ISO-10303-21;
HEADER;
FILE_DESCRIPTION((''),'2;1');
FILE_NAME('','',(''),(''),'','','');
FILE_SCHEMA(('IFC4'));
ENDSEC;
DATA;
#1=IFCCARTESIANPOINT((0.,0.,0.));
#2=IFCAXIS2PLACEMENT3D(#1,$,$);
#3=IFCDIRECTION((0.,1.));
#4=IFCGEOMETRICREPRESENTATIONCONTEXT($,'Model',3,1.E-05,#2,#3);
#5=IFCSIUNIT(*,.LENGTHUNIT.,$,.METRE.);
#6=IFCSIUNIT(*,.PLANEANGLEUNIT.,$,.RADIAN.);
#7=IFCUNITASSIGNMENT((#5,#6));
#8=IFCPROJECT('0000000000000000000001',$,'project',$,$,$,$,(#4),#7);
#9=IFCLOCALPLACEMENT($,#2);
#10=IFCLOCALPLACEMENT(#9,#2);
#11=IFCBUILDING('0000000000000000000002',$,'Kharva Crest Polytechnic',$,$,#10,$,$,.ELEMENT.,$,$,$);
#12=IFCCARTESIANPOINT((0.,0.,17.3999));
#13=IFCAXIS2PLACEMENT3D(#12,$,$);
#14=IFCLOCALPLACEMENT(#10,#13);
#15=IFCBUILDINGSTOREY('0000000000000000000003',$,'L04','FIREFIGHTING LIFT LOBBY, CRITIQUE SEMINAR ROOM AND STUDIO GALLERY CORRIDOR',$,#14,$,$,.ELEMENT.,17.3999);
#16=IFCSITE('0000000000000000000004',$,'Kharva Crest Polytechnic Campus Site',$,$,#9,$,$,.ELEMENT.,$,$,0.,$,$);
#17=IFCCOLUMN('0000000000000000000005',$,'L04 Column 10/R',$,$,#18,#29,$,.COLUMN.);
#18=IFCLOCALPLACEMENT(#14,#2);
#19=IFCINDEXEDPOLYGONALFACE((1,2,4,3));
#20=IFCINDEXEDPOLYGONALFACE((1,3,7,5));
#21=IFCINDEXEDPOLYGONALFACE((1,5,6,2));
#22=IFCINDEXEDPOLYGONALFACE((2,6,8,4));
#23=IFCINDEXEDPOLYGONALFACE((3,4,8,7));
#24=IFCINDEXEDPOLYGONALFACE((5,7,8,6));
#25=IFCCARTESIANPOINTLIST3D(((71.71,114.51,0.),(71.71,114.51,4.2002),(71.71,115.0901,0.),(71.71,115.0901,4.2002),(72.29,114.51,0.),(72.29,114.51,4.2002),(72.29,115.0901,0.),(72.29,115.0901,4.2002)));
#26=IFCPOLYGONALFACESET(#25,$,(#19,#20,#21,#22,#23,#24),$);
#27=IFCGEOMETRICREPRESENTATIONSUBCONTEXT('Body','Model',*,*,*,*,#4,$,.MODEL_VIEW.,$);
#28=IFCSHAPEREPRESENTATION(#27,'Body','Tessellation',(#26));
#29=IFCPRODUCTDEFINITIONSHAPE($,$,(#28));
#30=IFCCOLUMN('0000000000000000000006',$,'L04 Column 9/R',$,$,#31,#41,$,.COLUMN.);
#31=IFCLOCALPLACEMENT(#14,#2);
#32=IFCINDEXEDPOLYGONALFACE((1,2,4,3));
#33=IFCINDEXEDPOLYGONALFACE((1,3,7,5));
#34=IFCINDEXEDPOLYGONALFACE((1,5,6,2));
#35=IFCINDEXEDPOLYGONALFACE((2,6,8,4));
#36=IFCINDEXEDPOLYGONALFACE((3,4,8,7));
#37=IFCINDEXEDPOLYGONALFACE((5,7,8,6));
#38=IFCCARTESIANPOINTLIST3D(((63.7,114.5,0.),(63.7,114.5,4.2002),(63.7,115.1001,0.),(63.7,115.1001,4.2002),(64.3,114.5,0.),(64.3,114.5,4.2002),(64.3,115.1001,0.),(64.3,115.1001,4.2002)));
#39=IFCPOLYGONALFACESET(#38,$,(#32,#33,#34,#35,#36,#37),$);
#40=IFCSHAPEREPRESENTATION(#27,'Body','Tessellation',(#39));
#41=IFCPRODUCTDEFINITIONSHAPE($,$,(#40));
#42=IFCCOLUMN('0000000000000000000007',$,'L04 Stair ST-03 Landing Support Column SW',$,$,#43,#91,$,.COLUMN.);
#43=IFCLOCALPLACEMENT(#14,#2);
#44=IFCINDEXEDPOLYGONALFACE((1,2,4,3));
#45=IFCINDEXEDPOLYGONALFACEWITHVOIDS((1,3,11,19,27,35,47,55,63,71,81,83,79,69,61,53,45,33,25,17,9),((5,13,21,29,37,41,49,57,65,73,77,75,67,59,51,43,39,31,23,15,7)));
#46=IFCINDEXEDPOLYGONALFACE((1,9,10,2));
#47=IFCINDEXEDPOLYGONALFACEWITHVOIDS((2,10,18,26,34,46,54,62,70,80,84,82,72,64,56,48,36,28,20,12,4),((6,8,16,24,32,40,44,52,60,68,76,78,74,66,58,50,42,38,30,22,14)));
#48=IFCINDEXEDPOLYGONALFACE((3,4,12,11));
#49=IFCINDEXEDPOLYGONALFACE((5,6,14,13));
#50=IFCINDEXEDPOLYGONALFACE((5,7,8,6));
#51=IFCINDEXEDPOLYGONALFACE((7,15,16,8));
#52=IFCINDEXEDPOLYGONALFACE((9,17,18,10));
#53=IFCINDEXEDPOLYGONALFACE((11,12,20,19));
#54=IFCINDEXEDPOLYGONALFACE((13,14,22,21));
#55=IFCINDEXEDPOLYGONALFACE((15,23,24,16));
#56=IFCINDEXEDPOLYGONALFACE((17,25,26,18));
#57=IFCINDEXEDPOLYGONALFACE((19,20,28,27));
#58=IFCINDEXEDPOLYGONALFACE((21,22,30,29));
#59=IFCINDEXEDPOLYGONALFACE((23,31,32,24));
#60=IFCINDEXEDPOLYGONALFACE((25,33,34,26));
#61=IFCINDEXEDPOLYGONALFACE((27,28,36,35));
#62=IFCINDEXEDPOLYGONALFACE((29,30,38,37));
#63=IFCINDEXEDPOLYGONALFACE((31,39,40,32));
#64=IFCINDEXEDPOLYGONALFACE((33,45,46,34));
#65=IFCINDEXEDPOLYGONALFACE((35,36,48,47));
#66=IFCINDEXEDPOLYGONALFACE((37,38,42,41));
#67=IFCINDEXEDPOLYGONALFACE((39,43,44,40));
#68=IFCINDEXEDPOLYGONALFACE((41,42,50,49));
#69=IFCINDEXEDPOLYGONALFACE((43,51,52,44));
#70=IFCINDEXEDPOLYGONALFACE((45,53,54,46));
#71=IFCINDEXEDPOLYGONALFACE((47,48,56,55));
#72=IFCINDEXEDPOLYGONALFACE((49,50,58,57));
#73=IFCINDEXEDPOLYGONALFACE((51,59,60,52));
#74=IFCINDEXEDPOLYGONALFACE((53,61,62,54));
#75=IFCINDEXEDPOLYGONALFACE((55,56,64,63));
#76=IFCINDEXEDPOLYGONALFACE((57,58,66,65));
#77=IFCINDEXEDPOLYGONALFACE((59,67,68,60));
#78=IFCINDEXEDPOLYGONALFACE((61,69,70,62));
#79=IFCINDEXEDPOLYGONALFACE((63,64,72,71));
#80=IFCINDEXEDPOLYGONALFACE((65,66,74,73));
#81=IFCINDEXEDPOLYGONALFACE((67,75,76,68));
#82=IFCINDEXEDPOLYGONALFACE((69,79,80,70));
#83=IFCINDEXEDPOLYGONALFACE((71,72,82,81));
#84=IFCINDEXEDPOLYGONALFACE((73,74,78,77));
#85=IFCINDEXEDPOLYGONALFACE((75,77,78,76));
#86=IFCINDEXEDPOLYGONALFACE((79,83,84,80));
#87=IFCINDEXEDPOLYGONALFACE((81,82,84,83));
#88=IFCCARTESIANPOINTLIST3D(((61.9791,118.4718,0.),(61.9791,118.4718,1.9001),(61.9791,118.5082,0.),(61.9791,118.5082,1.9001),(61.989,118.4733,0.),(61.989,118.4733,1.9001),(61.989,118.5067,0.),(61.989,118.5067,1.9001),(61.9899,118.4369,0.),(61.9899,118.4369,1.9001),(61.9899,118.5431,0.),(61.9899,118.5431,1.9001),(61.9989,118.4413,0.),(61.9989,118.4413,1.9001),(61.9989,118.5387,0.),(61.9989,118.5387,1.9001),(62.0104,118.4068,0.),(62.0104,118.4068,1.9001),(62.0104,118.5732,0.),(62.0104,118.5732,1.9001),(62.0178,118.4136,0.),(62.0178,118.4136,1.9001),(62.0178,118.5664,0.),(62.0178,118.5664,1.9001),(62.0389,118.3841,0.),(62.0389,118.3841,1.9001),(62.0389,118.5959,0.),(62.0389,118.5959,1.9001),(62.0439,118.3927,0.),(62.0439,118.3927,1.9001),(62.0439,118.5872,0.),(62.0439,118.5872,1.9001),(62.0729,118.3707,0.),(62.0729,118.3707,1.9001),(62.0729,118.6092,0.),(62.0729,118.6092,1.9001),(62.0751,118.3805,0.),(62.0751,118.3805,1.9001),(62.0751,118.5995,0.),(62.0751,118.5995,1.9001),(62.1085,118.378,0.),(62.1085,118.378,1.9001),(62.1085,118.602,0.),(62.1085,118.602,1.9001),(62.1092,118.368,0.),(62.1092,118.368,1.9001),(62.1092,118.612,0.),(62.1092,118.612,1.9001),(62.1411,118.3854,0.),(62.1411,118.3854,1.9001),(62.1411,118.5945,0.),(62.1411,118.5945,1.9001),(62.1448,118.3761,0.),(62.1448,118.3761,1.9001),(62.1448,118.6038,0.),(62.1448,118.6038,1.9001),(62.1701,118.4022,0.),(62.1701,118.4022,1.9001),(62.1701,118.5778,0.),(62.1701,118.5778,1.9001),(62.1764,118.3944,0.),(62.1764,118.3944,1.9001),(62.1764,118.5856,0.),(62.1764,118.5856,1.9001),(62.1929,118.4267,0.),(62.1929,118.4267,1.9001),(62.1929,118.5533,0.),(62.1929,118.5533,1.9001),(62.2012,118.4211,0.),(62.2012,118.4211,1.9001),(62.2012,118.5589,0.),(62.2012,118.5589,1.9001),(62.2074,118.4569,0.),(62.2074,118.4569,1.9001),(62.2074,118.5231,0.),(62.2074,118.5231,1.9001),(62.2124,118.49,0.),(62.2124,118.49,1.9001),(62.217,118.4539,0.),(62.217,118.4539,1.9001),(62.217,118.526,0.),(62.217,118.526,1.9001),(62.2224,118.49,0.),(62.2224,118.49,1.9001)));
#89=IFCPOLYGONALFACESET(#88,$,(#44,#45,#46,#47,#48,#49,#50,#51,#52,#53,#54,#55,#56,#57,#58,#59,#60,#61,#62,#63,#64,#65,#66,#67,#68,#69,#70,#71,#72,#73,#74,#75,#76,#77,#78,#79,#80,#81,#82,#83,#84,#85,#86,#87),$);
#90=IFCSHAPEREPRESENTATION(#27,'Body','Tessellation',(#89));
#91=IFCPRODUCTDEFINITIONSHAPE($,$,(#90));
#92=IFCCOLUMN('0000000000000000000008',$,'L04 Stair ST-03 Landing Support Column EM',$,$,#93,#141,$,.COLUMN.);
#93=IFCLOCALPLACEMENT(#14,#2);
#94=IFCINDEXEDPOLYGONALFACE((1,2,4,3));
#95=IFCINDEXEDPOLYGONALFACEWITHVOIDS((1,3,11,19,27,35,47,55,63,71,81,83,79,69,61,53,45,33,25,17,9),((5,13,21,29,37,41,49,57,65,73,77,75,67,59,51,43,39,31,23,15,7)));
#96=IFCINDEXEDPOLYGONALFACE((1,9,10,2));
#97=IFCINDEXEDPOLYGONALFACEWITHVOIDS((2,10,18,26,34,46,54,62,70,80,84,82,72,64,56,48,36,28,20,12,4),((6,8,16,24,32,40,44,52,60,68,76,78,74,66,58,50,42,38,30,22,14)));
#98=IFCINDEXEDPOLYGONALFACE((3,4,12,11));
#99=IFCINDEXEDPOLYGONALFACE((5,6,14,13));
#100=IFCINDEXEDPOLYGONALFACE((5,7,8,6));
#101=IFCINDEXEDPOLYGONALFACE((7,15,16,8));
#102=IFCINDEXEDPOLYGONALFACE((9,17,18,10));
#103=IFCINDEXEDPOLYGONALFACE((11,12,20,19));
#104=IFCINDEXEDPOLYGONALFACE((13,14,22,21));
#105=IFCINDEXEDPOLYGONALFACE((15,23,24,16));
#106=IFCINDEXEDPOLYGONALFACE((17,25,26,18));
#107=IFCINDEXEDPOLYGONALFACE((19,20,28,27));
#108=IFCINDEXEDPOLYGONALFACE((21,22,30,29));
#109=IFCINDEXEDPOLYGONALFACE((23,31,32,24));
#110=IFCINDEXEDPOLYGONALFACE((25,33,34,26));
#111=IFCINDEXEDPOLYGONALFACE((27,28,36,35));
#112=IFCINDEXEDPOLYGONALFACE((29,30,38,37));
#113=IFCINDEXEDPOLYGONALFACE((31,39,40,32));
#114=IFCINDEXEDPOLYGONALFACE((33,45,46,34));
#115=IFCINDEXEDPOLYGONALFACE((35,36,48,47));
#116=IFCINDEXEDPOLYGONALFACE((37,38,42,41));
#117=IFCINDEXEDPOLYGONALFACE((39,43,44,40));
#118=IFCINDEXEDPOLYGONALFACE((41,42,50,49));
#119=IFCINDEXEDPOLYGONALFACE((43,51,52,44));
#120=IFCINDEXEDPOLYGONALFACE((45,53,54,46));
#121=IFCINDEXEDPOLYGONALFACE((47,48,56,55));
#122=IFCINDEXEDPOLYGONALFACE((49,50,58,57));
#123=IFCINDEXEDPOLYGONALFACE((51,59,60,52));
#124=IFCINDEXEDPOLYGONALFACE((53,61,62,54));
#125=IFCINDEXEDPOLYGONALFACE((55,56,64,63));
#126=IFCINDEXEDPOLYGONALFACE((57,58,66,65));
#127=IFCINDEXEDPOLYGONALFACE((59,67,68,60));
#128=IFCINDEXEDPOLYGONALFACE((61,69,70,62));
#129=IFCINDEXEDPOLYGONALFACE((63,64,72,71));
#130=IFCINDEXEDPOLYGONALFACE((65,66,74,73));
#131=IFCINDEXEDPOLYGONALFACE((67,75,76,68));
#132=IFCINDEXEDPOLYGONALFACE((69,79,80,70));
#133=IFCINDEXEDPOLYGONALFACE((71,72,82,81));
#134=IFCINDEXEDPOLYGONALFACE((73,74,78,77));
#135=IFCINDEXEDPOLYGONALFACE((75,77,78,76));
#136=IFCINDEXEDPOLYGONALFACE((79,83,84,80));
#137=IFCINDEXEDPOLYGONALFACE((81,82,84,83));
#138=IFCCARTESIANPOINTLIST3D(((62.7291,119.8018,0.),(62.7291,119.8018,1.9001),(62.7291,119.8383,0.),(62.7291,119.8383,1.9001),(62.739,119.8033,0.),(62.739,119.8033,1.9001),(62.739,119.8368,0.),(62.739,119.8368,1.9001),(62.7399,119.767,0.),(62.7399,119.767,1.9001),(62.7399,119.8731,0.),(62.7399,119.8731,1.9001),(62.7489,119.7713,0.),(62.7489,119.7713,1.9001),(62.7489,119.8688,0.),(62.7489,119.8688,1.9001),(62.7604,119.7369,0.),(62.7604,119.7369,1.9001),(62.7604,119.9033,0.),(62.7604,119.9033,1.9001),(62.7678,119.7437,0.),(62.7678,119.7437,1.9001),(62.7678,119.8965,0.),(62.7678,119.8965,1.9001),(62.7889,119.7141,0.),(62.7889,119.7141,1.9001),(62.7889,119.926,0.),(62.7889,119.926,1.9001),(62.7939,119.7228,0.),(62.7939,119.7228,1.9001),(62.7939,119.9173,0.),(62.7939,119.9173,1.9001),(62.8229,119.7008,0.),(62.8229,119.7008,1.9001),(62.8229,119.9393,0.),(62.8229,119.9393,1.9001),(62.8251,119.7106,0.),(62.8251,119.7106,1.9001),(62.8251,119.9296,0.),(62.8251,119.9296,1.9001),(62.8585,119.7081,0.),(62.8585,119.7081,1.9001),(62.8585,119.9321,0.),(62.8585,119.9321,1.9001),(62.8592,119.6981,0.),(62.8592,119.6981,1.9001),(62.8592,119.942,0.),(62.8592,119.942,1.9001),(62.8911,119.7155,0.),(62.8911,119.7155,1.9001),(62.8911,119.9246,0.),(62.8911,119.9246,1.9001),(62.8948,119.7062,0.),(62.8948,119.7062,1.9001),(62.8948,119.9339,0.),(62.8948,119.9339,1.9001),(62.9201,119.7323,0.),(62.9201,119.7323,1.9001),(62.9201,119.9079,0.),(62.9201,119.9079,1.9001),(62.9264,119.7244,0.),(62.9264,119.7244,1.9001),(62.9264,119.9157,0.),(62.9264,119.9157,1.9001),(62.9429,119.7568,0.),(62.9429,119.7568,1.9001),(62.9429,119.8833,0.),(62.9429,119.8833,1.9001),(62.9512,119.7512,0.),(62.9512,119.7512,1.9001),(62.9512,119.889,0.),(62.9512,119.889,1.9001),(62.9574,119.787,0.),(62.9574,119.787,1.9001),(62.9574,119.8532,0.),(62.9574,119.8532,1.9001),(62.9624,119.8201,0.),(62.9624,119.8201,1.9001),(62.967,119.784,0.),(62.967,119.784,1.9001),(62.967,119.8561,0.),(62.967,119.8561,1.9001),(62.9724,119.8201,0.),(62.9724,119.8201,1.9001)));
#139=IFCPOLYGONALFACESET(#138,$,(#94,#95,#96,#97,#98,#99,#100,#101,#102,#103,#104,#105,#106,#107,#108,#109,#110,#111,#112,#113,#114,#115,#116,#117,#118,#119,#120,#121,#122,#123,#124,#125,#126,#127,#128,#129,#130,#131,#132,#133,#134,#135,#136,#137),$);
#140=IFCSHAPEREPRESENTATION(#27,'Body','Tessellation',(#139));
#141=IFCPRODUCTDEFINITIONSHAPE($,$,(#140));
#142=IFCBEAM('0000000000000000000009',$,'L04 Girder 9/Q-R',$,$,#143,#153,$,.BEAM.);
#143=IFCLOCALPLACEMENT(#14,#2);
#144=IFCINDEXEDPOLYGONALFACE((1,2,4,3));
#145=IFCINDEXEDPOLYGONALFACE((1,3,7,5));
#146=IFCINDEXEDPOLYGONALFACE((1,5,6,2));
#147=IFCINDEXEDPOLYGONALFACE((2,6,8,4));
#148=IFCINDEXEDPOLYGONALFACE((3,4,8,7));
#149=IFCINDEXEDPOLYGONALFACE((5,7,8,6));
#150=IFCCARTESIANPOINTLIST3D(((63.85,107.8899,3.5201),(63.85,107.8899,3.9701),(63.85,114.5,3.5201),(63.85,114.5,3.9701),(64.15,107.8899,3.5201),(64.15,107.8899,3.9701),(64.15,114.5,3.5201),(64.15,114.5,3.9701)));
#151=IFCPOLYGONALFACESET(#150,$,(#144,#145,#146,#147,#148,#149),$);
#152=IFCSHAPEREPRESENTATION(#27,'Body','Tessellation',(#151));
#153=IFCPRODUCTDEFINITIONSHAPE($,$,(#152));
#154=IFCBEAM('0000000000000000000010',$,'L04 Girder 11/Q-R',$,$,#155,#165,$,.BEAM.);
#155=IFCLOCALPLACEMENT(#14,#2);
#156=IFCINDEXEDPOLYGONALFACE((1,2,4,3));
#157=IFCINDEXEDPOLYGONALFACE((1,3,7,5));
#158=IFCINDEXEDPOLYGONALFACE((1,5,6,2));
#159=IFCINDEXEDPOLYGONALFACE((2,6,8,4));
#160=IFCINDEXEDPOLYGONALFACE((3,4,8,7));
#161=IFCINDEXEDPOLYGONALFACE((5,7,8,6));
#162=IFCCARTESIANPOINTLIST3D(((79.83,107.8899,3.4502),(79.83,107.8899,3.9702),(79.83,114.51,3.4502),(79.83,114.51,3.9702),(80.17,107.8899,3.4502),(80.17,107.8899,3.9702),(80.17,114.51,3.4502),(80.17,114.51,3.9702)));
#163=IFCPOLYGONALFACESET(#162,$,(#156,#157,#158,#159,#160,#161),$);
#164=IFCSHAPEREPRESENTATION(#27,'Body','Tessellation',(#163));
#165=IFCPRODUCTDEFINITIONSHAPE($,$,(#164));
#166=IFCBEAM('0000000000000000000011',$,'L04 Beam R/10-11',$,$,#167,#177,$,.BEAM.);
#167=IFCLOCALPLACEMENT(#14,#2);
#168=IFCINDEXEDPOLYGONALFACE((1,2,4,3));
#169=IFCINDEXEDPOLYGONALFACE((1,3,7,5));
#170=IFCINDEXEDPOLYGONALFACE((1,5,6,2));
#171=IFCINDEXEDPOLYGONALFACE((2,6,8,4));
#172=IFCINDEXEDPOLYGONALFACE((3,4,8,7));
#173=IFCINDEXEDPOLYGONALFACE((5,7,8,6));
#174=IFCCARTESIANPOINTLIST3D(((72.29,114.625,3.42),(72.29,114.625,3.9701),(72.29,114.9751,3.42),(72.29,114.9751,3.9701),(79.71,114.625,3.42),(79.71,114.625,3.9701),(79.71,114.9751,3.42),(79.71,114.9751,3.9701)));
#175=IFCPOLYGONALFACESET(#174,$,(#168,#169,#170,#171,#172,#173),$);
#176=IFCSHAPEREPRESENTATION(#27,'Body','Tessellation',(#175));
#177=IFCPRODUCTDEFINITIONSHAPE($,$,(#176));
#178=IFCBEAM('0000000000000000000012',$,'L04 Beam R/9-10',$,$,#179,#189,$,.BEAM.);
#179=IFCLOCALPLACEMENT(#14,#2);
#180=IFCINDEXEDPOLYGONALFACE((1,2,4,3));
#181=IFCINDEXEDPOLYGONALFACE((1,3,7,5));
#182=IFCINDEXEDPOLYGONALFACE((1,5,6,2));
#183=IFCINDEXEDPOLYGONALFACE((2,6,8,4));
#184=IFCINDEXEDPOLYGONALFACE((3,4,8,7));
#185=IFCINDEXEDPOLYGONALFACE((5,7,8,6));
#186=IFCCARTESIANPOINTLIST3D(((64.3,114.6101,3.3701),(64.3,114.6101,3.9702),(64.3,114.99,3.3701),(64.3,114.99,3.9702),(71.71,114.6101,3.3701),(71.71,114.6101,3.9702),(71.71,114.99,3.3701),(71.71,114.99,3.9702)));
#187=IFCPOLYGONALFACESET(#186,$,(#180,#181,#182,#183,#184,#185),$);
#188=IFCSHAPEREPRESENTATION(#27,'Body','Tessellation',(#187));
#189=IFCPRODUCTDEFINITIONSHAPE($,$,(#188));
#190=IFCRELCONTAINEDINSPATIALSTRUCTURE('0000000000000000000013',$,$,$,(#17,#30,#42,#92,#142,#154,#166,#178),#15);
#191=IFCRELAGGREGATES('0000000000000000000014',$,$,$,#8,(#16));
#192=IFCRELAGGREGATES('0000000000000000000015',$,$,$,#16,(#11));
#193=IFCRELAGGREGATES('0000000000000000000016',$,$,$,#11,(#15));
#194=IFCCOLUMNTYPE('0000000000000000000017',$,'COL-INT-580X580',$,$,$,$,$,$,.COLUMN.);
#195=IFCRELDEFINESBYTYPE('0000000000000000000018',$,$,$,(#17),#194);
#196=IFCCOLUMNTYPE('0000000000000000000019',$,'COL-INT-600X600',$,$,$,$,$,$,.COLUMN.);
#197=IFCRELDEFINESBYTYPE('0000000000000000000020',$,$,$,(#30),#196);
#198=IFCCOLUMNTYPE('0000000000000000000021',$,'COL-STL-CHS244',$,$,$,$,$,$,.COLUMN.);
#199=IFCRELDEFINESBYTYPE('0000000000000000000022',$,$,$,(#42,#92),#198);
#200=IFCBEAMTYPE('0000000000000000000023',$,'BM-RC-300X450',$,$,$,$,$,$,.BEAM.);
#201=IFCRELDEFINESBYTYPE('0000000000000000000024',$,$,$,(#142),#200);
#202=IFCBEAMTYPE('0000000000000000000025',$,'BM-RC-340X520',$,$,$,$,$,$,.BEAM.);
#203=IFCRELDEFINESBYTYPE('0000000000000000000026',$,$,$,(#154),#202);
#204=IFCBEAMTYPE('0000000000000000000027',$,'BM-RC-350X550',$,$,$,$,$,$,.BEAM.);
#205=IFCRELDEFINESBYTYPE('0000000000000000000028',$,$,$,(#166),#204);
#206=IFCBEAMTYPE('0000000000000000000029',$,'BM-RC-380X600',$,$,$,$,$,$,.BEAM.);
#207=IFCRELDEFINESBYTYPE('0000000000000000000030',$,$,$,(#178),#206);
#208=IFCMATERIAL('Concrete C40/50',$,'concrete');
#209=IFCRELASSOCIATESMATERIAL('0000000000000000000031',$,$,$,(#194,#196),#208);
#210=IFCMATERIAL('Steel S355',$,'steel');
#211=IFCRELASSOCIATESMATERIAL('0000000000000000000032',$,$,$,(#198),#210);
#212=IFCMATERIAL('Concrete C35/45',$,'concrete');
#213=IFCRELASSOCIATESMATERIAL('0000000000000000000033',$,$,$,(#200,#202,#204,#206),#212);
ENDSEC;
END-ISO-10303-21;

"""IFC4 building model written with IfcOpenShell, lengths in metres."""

from ifc_helpers import new_model, si_unit, direction, frame, origin, origin_2d, place, context, subcontext, project, spatial, rectangle, hollow_circle, extrude, material, material_profile, profile_set, type_object, element, save


model = new_model("IFC4")

# Units and contexts
model_context = context("Model", 3, precision=1e-05, world=origin(), true_north=direction((0.0, 1.0)))
body_context = subcontext(model_context, "Body", "Model", "MODEL_VIEW")
ifc_project = project(units=[si_unit("LENGTHUNIT", "METRE"), si_unit("PLANEANGLEUNIT", "RADIAN")], contexts=[model_context])

# Site, building, storey
site_placement = place(None, origin())
site = spatial("IfcSite", under=ifc_project, at=site_placement, Name="Kharva Crest Polytechnic Campus Site", CompositionType="ELEMENT", RefElevation=0.0)
building_placement = place(site_placement, origin())
building = spatial("IfcBuilding", under=site, at=building_placement, Name="Kharva Crest Polytechnic", CompositionType="ELEMENT")
storey_placement = place(building_placement, frame((0.0, 0.0, 17.3999)))
storey = spatial("IfcBuildingStorey", under=building, at=storey_placement, Name="L04", Description="FIREFIGHTING LIFT LOBBY, CRITIQUE SEMINAR ROOM AND STUDIO GALLERY CORRIDOR", CompositionType="ELEMENT", Elevation=17.3999)

# Columns
ifc_material_1 = material(Name="Concrete C40/50", Category="concrete")
ifc_material_profile_1 = material_profile(ifc_material_1, rectangle(XDim=0.5801, YDim=0.5801, at=origin_2d()), Name="RECT 580 X 580")
ifc_profile_set_1 = profile_set([ifc_material_profile_1], Name="Concrete C40/50")
column_type_1 = type_object("IfcColumnType", Name="COL-INT-580X580", PredefinedType="COLUMN", material=ifc_profile_set_1)
column_1_placement = place(storey_placement, frame((72.0, 114.8, 0.0), z_axis=(0.0, 0.0, 1.0), x_axis=(1.0, 0.0, 0.0)))
element("IfcColumn", 1, at=column_1_placement, inside=storey, type_object=column_type_1, Name="L04 Column 10/R", PredefinedType="COLUMN", context=body_context, shape_type="SweptSolid", body=[
    extrude(rectangle(XDim=0.5801, YDim=0.5801, at=origin_2d()), origin(), (0.0, 0.0, 1.0), 4.2002),
])
ifc_material_profile_2 = material_profile(ifc_material_1, rectangle(XDim=0.6001, YDim=0.6001, at=origin_2d()), Name="RECT 600 X 600")
ifc_profile_set_2 = profile_set([ifc_material_profile_2], Name="Concrete C40/50")
column_type_2 = type_object("IfcColumnType", Name="COL-INT-600X600", PredefinedType="COLUMN", material=ifc_profile_set_2)
column_2_placement = place(storey_placement, frame((64.0, 114.8, 0.0), z_axis=(0.0, 0.0, 1.0), x_axis=(1.0, 0.0, 0.0)))
element("IfcColumn", 2, at=column_2_placement, inside=storey, type_object=column_type_2, Name="L04 Column 9/R", PredefinedType="COLUMN", context=body_context, shape_type="SweptSolid", body=[
    extrude(rectangle(XDim=0.6001, YDim=0.6001, at=origin_2d()), origin(), (0.0, 0.0, 1.0), 4.2002),
])
ifc_material_2 = material(Name="Steel S355", Category="steel")
ifc_material_profile_3 = material_profile(ifc_material_2, hollow_circle(Radius=0.1223, WallThickness=0.01, at=origin_2d()), Name="CHS 244.5X10.0")
ifc_profile_set_3 = profile_set([ifc_material_profile_3], Name="Steel S355")
column_type_3 = type_object("IfcColumnType", Name="COL-STL-CHS244", PredefinedType="COLUMN", material=ifc_profile_set_3)
for number, where, z_axis, x_axis, name in (
    (3, (62.1001, 118.49, 0.0), (0.0, 0.0, 1.0), (1.0, 0.0, 0.0), "L04 Stair ST-03 Landing Support Column SW"),
    (4, (62.8501, 119.8201, 0.0), (0.0, 0.0, 1.0), (1.0, 0.0, 0.0), "L04 Stair ST-03 Landing Support Column EM"),
):
    element("IfcColumn", number, at=place(storey_placement, frame(where, z_axis=z_axis, x_axis=x_axis)), inside=storey, type_object=column_type_3, Name=name, PredefinedType="COLUMN", context=body_context, shape_type="SweptSolid", body=[
        extrude(hollow_circle(Radius=0.1223, WallThickness=0.01, at=origin_2d()), origin(), (0.0, 0.0, 1.0), 1.9001),
    ])

# Beams
ifc_material_3 = material(Name="Concrete C35/45", Category="concrete")
ifc_material_profile_4 = material_profile(ifc_material_3, rectangle(XDim=0.3, YDim=0.45, at=origin_2d()), Name="RECT 300 X 450")
ifc_profile_set_4 = profile_set([ifc_material_profile_4], Name="Concrete C35/45")
beam_type_1 = type_object("IfcBeamType", Name="BM-RC-300X450", PredefinedType="BEAM", material=ifc_profile_set_4)
beam_1_placement = place(storey_placement, frame((64.0, 107.8899, 3.7451), z_axis=(0.0, 1.0, 0.0), x_axis=(-1.0, 0.0, 0.0)))
element("IfcBeam", 5, at=beam_1_placement, inside=storey, type_object=beam_type_1, Name="L04 Girder 9/Q-R", PredefinedType="BEAM", context=body_context, shape_type="SweptSolid", body=[
    extrude(rectangle(XDim=0.3, YDim=0.45, at=origin_2d()), origin(), (0.0, 0.0, 1.0), 6.6101),
])
ifc_material_profile_5 = material_profile(ifc_material_3, rectangle(XDim=0.3401, YDim=0.52, at=origin_2d()), Name="RECT 340 X 520")
ifc_profile_set_5 = profile_set([ifc_material_profile_5], Name="Concrete C35/45")
beam_type_2 = type_object("IfcBeamType", Name="BM-RC-340X520", PredefinedType="BEAM", material=ifc_profile_set_5)
beam_2_placement = place(storey_placement, frame((80.0, 107.8899, 3.7102), z_axis=(0.0, 1.0, 0.0), x_axis=(-1.0, 0.0, 0.0)))
element("IfcBeam", 6, at=beam_2_placement, inside=storey, type_object=beam_type_2, Name="L04 Girder 11/Q-R", PredefinedType="BEAM", context=body_context, shape_type="SweptSolid", body=[
    extrude(rectangle(XDim=0.3401, YDim=0.52, at=origin_2d()), origin(), (0.0, 0.0, 1.0), 6.6201),
])
ifc_material_profile_6 = material_profile(ifc_material_3, rectangle(XDim=0.3501, YDim=0.55, at=origin_2d()), Name="RECT 350 X 550")
ifc_profile_set_6 = profile_set([ifc_material_profile_6], Name="Concrete C35/45")
beam_type_3 = type_object("IfcBeamType", Name="BM-RC-350X550", PredefinedType="BEAM", material=ifc_profile_set_6)
beam_3_placement = place(storey_placement, frame((72.29, 114.8, 3.6951), z_axis=(1.0, 0.0, 0.0), x_axis=(0.0, 1.0, 0.0)))
element("IfcBeam", 7, at=beam_3_placement, inside=storey, type_object=beam_type_3, Name="L04 Beam R/10-11", PredefinedType="BEAM", context=body_context, shape_type="SweptSolid", body=[
    extrude(rectangle(XDim=0.3501, YDim=0.55, at=origin_2d()), origin(), (0.0, 0.0, 1.0), 7.4199),
])
ifc_material_profile_7 = material_profile(ifc_material_3, rectangle(XDim=0.3799, YDim=0.6001, at=origin_2d()), Name="RECT 380 X 600")
ifc_profile_set_7 = profile_set([ifc_material_profile_7], Name="Concrete C35/45")
beam_type_4 = type_object("IfcBeamType", Name="BM-RC-380X600", PredefinedType="BEAM", material=ifc_profile_set_7)
beam_4_placement = place(storey_placement, frame((64.3, 114.8, 3.6702), z_axis=(1.0, 0.0, 0.0), x_axis=(0.0, 1.0, 0.0)))
element("IfcBeam", 8, at=beam_4_placement, inside=storey, type_object=beam_type_4, Name="L04 Beam R/9-10", PredefinedType="BEAM", context=body_context, shape_type="SweptSolid", body=[
    extrude(rectangle(XDim=0.3799, YDim=0.6001, at=origin_2d()), origin(), (0.0, 0.0, 1.0), 7.4099),
])

save(model, "model.ifc")
